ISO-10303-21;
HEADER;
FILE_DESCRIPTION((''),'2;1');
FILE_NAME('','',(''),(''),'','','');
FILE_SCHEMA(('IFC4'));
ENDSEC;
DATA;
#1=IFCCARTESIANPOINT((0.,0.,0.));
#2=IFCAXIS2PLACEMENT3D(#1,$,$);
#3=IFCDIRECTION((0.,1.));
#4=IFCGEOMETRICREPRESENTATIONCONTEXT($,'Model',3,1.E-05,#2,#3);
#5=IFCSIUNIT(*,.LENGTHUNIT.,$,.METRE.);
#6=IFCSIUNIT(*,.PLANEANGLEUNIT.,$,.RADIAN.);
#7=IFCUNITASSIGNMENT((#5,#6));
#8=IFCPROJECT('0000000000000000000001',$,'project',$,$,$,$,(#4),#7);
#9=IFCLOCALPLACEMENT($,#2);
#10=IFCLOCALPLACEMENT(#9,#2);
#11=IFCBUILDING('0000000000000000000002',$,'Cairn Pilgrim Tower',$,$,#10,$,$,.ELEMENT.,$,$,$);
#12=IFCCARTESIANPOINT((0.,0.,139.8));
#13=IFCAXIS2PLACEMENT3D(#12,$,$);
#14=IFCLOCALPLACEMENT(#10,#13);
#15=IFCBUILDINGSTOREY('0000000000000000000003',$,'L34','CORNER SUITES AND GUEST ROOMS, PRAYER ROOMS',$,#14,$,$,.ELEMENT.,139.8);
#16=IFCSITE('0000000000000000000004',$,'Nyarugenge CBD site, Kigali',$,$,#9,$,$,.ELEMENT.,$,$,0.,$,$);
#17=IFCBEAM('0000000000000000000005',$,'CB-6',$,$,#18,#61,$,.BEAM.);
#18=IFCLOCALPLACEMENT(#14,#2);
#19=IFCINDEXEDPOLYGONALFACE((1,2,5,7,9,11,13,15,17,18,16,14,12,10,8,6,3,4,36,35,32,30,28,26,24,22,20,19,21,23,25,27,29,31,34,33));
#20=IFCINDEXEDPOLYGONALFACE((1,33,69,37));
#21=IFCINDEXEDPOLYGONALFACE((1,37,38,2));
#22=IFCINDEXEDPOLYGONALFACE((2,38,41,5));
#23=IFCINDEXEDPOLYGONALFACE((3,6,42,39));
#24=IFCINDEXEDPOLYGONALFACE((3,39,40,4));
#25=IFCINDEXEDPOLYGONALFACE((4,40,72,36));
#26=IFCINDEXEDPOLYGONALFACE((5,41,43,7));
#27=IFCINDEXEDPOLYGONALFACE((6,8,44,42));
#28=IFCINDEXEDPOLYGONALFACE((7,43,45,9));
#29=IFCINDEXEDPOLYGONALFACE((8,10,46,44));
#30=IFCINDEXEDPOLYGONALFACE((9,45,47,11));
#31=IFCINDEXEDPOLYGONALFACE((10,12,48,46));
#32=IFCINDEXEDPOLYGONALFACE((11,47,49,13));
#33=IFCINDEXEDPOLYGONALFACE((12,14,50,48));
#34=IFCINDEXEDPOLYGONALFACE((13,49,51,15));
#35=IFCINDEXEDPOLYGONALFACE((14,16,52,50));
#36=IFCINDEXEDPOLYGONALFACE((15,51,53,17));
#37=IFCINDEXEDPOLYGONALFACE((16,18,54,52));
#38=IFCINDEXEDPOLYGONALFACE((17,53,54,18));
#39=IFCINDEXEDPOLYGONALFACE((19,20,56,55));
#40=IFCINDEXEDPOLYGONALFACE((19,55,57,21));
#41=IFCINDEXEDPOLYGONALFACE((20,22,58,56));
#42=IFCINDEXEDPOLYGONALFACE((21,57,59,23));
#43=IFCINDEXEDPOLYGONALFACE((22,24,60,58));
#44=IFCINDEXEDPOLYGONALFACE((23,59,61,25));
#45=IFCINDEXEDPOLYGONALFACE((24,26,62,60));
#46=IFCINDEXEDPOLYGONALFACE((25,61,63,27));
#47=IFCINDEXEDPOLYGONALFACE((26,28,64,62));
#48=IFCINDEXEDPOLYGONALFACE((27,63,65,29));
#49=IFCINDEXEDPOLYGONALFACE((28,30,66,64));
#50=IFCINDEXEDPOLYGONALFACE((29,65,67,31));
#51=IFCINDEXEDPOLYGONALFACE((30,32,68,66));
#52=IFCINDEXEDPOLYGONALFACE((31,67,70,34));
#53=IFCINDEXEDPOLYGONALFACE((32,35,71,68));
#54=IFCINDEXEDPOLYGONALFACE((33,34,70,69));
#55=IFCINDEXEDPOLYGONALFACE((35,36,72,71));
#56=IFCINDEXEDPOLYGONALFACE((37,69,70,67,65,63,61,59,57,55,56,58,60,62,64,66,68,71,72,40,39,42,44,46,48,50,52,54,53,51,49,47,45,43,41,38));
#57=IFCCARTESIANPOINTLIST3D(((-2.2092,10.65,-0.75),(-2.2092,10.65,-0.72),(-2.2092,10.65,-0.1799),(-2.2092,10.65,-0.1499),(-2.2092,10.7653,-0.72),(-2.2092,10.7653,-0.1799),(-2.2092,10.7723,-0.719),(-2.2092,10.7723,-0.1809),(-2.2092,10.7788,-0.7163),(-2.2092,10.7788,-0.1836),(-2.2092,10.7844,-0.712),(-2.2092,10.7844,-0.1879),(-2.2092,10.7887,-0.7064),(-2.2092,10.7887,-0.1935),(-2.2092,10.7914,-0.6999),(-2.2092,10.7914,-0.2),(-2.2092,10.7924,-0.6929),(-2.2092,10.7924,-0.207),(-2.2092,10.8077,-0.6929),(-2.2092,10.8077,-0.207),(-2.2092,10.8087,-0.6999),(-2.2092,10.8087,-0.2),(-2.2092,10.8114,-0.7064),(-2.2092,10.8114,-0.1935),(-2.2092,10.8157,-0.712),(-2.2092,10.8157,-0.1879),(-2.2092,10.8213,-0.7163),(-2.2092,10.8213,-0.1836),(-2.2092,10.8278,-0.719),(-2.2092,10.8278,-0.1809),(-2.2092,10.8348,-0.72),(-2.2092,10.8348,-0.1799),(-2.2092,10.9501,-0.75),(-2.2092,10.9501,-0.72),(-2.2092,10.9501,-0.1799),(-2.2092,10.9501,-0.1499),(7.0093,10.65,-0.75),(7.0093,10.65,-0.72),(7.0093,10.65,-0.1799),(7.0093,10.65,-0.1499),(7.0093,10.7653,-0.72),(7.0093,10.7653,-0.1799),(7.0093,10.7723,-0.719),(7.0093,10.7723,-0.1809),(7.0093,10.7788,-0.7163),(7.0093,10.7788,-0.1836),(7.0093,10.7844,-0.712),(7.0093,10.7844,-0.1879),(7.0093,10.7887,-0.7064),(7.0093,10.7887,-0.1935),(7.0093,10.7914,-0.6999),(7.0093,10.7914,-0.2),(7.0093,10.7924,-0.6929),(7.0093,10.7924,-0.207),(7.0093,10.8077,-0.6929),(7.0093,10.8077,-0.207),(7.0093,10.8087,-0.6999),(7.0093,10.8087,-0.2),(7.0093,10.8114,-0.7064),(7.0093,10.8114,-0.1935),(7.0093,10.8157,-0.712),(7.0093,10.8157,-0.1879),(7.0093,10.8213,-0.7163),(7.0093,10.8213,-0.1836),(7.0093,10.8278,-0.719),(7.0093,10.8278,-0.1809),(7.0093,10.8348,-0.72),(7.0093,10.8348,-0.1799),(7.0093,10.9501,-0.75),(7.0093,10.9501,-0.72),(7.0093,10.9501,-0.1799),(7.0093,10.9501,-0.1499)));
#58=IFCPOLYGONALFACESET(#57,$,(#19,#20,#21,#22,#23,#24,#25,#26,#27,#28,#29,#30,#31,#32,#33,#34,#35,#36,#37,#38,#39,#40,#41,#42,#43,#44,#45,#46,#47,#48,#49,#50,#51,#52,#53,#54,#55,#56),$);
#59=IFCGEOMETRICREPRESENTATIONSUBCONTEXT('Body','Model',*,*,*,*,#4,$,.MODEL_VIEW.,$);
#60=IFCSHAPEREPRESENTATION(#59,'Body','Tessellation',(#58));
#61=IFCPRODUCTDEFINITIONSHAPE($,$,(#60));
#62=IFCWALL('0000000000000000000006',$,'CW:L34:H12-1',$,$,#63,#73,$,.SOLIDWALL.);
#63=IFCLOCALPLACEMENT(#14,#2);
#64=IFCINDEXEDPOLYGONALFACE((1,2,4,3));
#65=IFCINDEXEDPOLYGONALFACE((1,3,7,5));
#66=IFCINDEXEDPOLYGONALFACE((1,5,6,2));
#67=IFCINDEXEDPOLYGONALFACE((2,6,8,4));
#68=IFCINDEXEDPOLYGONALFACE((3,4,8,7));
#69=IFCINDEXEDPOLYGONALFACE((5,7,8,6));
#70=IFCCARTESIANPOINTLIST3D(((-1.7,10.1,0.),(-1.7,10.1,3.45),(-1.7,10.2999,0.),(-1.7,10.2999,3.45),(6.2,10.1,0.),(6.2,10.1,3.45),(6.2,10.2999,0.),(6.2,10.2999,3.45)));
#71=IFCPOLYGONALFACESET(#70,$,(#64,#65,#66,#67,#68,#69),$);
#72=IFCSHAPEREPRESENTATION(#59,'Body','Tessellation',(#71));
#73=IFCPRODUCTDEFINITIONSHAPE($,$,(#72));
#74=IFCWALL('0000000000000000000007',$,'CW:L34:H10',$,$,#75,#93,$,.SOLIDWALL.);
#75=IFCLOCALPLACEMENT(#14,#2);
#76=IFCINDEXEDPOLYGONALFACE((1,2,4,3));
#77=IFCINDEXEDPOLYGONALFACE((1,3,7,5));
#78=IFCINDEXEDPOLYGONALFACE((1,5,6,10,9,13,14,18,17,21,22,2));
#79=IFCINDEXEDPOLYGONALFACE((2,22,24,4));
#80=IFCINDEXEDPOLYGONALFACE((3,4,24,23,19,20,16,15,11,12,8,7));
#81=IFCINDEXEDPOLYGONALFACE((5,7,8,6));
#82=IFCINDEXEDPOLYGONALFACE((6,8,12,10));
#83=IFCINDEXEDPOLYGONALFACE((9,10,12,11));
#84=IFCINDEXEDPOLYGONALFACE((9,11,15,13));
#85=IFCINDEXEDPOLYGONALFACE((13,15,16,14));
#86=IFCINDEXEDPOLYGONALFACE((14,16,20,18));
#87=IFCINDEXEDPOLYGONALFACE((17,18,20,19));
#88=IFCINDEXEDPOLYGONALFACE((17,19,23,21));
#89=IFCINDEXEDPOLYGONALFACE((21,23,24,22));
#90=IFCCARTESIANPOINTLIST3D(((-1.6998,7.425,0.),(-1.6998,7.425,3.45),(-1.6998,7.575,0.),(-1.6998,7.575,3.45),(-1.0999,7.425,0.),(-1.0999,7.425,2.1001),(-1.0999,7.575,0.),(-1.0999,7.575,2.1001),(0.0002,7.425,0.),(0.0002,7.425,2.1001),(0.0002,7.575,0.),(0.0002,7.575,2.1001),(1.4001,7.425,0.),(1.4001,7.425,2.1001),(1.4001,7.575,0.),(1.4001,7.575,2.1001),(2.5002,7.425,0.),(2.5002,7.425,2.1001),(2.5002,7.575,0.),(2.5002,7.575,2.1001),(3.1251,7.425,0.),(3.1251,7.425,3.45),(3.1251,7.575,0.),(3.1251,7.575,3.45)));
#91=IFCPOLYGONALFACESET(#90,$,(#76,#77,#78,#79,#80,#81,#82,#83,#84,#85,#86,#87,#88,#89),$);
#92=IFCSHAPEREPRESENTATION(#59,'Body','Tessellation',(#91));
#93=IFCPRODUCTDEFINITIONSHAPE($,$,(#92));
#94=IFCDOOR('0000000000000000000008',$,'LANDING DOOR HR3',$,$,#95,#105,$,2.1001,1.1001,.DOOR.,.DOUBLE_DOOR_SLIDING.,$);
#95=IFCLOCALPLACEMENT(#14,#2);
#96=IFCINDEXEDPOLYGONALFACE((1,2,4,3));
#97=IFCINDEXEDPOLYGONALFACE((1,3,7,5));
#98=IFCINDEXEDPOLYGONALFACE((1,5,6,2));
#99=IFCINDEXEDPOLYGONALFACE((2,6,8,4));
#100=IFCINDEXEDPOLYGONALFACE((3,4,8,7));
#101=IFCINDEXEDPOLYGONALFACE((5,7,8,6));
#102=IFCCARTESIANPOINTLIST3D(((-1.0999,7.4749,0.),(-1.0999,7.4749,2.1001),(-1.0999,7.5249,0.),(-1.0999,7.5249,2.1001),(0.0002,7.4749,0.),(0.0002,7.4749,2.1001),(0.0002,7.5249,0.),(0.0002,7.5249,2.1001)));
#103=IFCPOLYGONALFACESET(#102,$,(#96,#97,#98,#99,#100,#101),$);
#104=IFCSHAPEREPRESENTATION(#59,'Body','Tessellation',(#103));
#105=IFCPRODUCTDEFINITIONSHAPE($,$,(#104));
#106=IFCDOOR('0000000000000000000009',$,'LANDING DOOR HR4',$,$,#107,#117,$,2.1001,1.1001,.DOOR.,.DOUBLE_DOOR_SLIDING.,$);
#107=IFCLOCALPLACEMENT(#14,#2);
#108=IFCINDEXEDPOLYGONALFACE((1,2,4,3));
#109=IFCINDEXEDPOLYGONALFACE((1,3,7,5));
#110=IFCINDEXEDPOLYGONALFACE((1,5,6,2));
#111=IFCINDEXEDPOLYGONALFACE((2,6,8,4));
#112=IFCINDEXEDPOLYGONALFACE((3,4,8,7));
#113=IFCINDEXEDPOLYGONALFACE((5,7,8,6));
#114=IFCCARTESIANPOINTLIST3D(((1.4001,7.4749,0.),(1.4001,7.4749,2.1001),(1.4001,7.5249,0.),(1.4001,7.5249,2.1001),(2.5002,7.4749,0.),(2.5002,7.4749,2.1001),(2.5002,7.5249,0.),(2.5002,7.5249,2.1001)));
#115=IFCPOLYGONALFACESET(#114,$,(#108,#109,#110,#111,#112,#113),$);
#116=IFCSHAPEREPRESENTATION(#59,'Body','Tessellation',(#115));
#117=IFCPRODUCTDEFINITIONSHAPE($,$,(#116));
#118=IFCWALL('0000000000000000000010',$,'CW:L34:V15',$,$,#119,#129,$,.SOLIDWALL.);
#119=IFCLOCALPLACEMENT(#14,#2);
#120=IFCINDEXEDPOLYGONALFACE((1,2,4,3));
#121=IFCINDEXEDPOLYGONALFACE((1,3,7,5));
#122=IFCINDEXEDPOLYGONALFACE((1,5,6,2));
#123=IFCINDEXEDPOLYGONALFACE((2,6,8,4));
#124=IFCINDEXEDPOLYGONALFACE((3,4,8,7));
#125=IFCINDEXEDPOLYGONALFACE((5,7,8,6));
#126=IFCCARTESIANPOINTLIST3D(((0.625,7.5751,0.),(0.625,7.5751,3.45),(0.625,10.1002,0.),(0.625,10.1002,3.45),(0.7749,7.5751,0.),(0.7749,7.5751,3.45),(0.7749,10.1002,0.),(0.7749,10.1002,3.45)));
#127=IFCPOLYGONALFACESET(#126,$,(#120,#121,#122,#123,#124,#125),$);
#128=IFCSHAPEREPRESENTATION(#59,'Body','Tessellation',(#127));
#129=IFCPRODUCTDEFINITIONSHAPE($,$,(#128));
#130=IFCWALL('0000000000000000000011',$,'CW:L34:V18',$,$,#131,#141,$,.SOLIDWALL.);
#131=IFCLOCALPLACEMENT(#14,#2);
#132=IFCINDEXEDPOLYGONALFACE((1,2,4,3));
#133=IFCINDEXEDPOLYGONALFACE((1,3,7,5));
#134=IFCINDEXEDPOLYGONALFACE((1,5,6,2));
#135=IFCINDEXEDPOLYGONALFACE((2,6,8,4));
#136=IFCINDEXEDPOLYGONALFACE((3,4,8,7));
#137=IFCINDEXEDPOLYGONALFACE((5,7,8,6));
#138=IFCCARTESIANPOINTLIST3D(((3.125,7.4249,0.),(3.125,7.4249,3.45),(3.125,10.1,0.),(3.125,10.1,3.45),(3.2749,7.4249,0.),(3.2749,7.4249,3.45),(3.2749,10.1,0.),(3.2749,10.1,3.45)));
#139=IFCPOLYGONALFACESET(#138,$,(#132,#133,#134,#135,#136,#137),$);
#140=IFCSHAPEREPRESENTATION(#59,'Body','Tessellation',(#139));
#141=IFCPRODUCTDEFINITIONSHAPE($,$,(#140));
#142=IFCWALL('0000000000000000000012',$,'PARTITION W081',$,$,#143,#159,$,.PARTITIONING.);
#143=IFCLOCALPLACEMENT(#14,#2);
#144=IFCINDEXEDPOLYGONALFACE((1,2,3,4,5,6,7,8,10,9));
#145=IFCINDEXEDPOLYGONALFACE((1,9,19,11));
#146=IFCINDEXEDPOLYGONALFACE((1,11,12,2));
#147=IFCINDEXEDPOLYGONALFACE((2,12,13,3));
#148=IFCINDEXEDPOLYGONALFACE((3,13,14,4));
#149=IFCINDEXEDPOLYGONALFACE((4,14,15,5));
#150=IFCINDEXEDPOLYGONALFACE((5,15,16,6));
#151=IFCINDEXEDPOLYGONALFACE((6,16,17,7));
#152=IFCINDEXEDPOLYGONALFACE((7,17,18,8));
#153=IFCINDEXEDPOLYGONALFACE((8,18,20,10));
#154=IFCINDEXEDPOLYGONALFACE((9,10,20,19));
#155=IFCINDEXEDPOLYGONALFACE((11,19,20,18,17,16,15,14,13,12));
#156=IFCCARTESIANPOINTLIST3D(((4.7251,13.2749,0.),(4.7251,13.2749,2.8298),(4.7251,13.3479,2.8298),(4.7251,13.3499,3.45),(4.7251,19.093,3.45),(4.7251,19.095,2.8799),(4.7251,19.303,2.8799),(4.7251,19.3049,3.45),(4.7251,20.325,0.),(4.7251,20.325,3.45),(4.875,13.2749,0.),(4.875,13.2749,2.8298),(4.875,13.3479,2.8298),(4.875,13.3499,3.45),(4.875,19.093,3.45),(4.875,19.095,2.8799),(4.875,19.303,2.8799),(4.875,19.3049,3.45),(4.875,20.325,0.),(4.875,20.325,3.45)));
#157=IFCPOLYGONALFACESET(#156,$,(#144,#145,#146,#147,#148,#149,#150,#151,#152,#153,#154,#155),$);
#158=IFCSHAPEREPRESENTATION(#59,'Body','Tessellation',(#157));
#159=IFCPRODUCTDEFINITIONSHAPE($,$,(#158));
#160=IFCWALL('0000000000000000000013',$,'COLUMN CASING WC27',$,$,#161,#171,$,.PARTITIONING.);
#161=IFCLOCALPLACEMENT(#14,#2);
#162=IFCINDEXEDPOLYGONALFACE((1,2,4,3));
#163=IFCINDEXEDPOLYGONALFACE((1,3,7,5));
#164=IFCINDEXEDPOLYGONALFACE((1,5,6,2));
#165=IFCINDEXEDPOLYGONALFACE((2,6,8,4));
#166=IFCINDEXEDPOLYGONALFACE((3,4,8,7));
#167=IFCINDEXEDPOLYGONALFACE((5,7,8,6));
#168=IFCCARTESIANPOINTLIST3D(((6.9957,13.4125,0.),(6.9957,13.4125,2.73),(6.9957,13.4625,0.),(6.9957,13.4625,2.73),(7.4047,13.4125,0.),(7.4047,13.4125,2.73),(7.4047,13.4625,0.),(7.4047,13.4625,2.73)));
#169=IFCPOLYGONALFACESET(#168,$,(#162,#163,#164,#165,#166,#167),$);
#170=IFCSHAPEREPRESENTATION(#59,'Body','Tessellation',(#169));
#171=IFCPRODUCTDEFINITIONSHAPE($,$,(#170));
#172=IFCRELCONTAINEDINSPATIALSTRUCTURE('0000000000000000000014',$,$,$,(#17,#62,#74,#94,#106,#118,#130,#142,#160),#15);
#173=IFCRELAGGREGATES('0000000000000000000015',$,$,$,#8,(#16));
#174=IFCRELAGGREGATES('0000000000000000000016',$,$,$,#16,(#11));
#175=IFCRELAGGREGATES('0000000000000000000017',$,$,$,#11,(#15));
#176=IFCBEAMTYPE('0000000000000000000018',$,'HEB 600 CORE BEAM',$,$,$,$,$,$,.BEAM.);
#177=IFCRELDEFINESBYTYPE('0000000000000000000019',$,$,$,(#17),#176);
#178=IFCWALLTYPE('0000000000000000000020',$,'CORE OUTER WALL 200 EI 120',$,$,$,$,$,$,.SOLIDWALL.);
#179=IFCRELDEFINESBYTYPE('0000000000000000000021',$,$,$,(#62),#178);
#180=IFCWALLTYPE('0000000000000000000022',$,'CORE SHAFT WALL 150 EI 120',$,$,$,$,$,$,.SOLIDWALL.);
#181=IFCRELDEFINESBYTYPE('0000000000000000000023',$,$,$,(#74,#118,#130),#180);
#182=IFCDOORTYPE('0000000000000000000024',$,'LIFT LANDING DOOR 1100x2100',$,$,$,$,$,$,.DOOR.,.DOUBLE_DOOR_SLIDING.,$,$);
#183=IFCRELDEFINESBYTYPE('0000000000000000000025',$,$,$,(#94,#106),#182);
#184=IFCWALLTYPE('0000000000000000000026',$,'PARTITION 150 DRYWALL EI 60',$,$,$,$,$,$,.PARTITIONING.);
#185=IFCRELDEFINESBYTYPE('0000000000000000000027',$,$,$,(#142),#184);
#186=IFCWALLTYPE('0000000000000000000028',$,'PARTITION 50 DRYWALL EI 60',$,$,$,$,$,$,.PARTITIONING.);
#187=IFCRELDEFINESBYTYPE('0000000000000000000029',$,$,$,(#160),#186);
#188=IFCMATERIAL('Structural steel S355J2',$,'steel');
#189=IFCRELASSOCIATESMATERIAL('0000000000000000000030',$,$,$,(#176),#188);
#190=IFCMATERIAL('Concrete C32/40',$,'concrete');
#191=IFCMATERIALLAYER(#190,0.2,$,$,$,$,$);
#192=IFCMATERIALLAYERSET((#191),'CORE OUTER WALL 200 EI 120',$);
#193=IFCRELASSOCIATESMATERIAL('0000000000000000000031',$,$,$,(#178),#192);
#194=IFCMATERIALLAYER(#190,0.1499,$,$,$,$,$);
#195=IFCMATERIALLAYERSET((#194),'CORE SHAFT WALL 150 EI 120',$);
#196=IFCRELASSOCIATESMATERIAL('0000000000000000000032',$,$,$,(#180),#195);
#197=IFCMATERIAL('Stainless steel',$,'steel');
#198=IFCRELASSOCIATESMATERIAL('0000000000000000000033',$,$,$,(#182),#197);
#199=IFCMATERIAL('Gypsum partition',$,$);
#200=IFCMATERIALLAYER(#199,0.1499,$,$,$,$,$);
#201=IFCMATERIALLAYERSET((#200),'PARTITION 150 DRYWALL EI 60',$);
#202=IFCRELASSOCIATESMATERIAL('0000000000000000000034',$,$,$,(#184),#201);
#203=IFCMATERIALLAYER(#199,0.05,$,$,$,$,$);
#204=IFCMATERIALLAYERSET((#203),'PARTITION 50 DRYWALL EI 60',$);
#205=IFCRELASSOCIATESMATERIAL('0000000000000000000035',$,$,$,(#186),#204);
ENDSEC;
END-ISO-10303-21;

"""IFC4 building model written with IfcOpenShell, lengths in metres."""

from ifc_helpers import new_model, si_unit, direction, frame, frame_2d, origin, origin_2d, place, context, subcontext, project, spatial, polyline, rectangle, i_section, outline, extrude, material, layer, layer_set, material_profile, profile_set, type_object, element, fill, save


model = new_model("IFC4")

# Units and contexts
model_context = context("Model", 3, precision=1e-05, world=origin(), true_north=direction((0.0, 1.0)))
body_context = subcontext(model_context, "Body", "Model", "MODEL_VIEW")
ifc_project = project(units=[si_unit("LENGTHUNIT", "METRE"), si_unit("PLANEANGLEUNIT", "RADIAN")], contexts=[model_context])

# Site, building, storey
site_placement = place(None, origin())
site = spatial("IfcSite", under=ifc_project, at=site_placement, Name="Nyarugenge CBD site, Kigali", CompositionType="ELEMENT", RefElevation=0.0)
building_placement = place(site_placement, origin())
building = spatial("IfcBuilding", under=site, at=building_placement, Name="Cairn Pilgrim Tower", CompositionType="ELEMENT")
storey_placement = place(building_placement, frame((0.0, 0.0, 139.8)))
storey = spatial("IfcBuildingStorey", under=building, at=storey_placement, Name="L34", Description="CORNER SUITES AND GUEST ROOMS, PRAYER ROOMS", CompositionType="ELEMENT", Elevation=139.8)

# Beam
ifc_material_1 = material(Name="Structural steel S355J2", Category="steel")
ifc_material_profile_1 = material_profile(ifc_material_1, i_section(OverallWidth=0.3, OverallDepth=0.6001, WebThickness=0.0154, FlangeThickness=0.03, FilletRadius=0.0271, at=origin_2d()), Name="HEB 600")
ifc_profile_set_1 = profile_set([ifc_material_profile_1], Name="Structural steel S355J2")
beam_type_1 = type_object("IfcBeamType", Name="HEB 600 CORE BEAM", PredefinedType="BEAM", material=ifc_profile_set_1)
beam_1_placement = place(storey_placement, frame((7.0093, 10.8, -0.45), z_axis=(-1.0, 0.0, 0.0), x_axis=(0.0, -1.0, 0.0)))
element("IfcBeam", 1, at=beam_1_placement, inside=storey, type_object=beam_type_1, Name="CB-6", PredefinedType="BEAM", context=body_context, shape_type="SweptSolid", body=[
    extrude(i_section(OverallWidth=0.3, OverallDepth=0.6001, WebThickness=0.0154, FlangeThickness=0.03, FilletRadius=0.0271, at=origin_2d()), origin(), (0.0, 0.0, 1.0), 9.2185),
])

# Wall
ifc_material_2 = material(Name="Concrete C32/40", Category="concrete")
ifc_layer_1 = layer(ifc_material_2, 0.2)
ifc_layer_set_1 = layer_set([ifc_layer_1], Name="CORE OUTER WALL 200 EI 120")
wall_type_1 = type_object("IfcWallType", Name="CORE OUTER WALL 200 EI 120", PredefinedType="SOLIDWALL", material=ifc_layer_set_1)
wall_1_placement = place(storey_placement, frame((-1.7, 10.2, 0.0), z_axis=(0.0, 0.0, 1.0), x_axis=(1.0, 0.0, 0.0)))
element("IfcWall", 2, at=wall_1_placement, inside=storey, type_object=wall_type_1, Name="CW:L34:H12-1", PredefinedType="SOLIDWALL", context=body_context, shape_type="SweptSolid", body=[
    extrude(rectangle(XDim=7.8999, YDim=0.2, at=frame_2d((3.95, 0.0))), origin(), (0.0, 0.0, 1.0), 3.45),
])

# Wall, openings, doors
ifc_layer_2 = layer(ifc_material_2, 0.1499)
ifc_layer_set_2 = layer_set([ifc_layer_2], Name="CORE SHAFT WALL 150 EI 120")
wall_type_2 = type_object("IfcWallType", Name="CORE SHAFT WALL 150 EI 120", PredefinedType="SOLIDWALL", material=ifc_layer_set_2)
wall_2_placement = place(storey_placement, frame((-1.7, 7.5, 0.0), z_axis=(0.0, 0.0, 1.0), x_axis=(1.0, 0.0, 0.0)))
wall_2 = element("IfcWall", 3, at=wall_2_placement, inside=storey, type_object=wall_type_2, Name="CW:L34:H10", PredefinedType="SOLIDWALL", context=body_context, shape_type="SweptSolid", body=[
    extrude(rectangle(XDim=4.825, YDim=0.1499, at=frame_2d((2.4126, 0.0))), origin(), (0.0, 0.0, 1.0), 3.45),
])
opening_1_placement = place(wall_2_placement, frame((0.6001, 0.0, 0.0)))
opening_1 = element("IfcOpeningElement", 4, at=opening_1_placement, cuts=wall_2, PredefinedType="OPENING", context=body_context, shape_type="SweptSolid", body=[
    extrude(rectangle(XDim=1.1001, YDim=2.1001, at=frame_2d((0.55, 1.05))), frame((0.0, 0.085, 0.0), z_axis=(0.0, -1.0, 0.0), x_axis=(1.0, 0.0, 0.0)), (0.0, 0.0, 1.0), 0.1699),
])
opening_2_placement = place(wall_2_placement, frame((3.1001, 0.0, 0.0)))
opening_2 = element("IfcOpeningElement", 5, at=opening_2_placement, cuts=wall_2, PredefinedType="OPENING", context=body_context, shape_type="SweptSolid", body=[
    extrude(rectangle(XDim=1.1001, YDim=2.1001, at=frame_2d((0.55, 1.05))), frame((0.0, 0.085, 0.0), z_axis=(0.0, -1.0, 0.0), x_axis=(1.0, 0.0, 0.0)), (0.0, 0.0, 1.0), 0.1699),
])
ifc_material_3 = material(Name="Stainless steel", Category="steel")
door_type_1 = type_object("IfcDoorType", Name="LIFT LANDING DOOR 1100x2100", OperationType="DOUBLE_DOOR_SLIDING", PredefinedType="DOOR", material=ifc_material_3)
door_1_placement = place(opening_1_placement, origin())
door_1 = element("IfcDoor", 6, at=door_1_placement, inside=storey, type_object=door_type_1, Name="LANDING DOOR HR3", OperationType="DOUBLE_DOOR_SLIDING", OverallHeight=2.1001, OverallWidth=1.1001, PredefinedType="DOOR", context=body_context, shape_type="SweptSolid", body=[
    extrude(rectangle(XDim=1.1001, YDim=2.1001, at=frame_2d((0.55, 1.05))), frame((0.0, 0.0249, 0.0), z_axis=(0.0, -1.0, 0.0), x_axis=(1.0, 0.0, 0.0)), (0.0, 0.0, 1.0), 0.05),
])
fill(opening_1, door_1)
door_2_placement = place(opening_2_placement, origin())
door_2 = element("IfcDoor", 7, at=door_2_placement, inside=storey, type_object=door_type_1, Name="LANDING DOOR HR4", OperationType="DOUBLE_DOOR_SLIDING", OverallHeight=2.1001, OverallWidth=1.1001, PredefinedType="DOOR", context=body_context, shape_type="SweptSolid", body=[
    extrude(rectangle(XDim=1.1001, YDim=2.1001, at=frame_2d((0.55, 1.05))), frame((0.0, 0.0249, 0.0), z_axis=(0.0, -1.0, 0.0), x_axis=(1.0, 0.0, 0.0)), (0.0, 0.0, 1.0), 0.05),
])
fill(opening_2, door_2)

# Walls
wall_3_placement = place(storey_placement, frame((0.7, 7.575, 0.0), z_axis=(0.0, 0.0, 1.0), x_axis=(0.0, 1.0, 0.0)))
element("IfcWall", 8, at=wall_3_placement, inside=storey, type_object=wall_type_2, Name="CW:L34:V15", PredefinedType="SOLIDWALL", context=body_context, shape_type="SweptSolid", body=[
    extrude(rectangle(XDim=2.5251, YDim=0.1499, at=frame_2d((1.2627, 0.0))), origin(), (0.0, 0.0, 1.0), 3.45),
])
wall_4_placement = place(storey_placement, frame((3.2, 7.425, 0.0), z_axis=(0.0, 0.0, 1.0), x_axis=(0.0, 1.0, 0.0)))
element("IfcWall", 9, at=wall_4_placement, inside=storey, type_object=wall_type_2, Name="CW:L34:V18", PredefinedType="SOLIDWALL", context=body_context, shape_type="SweptSolid", body=[
    extrude(rectangle(XDim=2.675, YDim=0.1499, at=frame_2d((1.3374, 0.0))), origin(), (0.0, 0.0, 1.0), 3.45),
])
ifc_material_4 = material(Name="Gypsum partition")
ifc_layer_3 = layer(ifc_material_4, 0.1499)
ifc_layer_set_3 = layer_set([ifc_layer_3], Name="PARTITION 150 DRYWALL EI 60")
wall_type_3 = type_object("IfcWallType", Name="PARTITION 150 DRYWALL EI 60", PredefinedType="PARTITIONING", material=ifc_layer_set_3)
wall_5_placement = place(storey_placement, frame((4.8, 13.2749, 0.0), z_axis=(0.0, 0.0, 1.0), x_axis=(0.0, 1.0, 0.0)))
element("IfcWall", 10, at=wall_5_placement, inside=storey, type_object=wall_type_3, Name="PARTITION W081", PredefinedType="PARTITIONING", context=body_context, shape_type="SweptSolid", body=[
    extrude(outline(polyline([(0.0, 0.0), (7.05, 0.0), (7.05, 3.45), (6.03, 3.45), (6.0281, 2.8799), (5.8201, 2.8799), (5.8181, 3.45), (0.075, 3.45), (0.073, 2.8298), (0.0, 2.8298), (0.0, 0.0)])), frame((0.0, 0.075, 0.0), z_axis=(0.0, -1.0, 0.0), x_axis=(1.0, 0.0, 0.0)), (0.0, 0.0, 1.0), 0.1499),
])
ifc_layer_4 = layer(ifc_material_4, 0.05)
ifc_layer_set_4 = layer_set([ifc_layer_4], Name="PARTITION 50 DRYWALL EI 60")
wall_type_4 = type_object("IfcWallType", Name="PARTITION 50 DRYWALL EI 60", PredefinedType="PARTITIONING", material=ifc_layer_set_4)
wall_6_placement = place(storey_placement, frame((6.9956, 13.4375, 0.0), z_axis=(0.0, 0.0, 1.0), x_axis=(1.0, 0.0, 0.0)))
element("IfcWall", 11, at=wall_6_placement, inside=storey, type_object=wall_type_4, Name="COLUMN CASING WC27", PredefinedType="PARTITIONING", context=body_context, shape_type="SweptSolid", body=[
    extrude(rectangle(XDim=0.4089, YDim=0.05, at=frame_2d((0.2046, 0.0))), origin(), (0.0, 0.0, 1.0), 2.73),
])

save(model, "model.ifc")
